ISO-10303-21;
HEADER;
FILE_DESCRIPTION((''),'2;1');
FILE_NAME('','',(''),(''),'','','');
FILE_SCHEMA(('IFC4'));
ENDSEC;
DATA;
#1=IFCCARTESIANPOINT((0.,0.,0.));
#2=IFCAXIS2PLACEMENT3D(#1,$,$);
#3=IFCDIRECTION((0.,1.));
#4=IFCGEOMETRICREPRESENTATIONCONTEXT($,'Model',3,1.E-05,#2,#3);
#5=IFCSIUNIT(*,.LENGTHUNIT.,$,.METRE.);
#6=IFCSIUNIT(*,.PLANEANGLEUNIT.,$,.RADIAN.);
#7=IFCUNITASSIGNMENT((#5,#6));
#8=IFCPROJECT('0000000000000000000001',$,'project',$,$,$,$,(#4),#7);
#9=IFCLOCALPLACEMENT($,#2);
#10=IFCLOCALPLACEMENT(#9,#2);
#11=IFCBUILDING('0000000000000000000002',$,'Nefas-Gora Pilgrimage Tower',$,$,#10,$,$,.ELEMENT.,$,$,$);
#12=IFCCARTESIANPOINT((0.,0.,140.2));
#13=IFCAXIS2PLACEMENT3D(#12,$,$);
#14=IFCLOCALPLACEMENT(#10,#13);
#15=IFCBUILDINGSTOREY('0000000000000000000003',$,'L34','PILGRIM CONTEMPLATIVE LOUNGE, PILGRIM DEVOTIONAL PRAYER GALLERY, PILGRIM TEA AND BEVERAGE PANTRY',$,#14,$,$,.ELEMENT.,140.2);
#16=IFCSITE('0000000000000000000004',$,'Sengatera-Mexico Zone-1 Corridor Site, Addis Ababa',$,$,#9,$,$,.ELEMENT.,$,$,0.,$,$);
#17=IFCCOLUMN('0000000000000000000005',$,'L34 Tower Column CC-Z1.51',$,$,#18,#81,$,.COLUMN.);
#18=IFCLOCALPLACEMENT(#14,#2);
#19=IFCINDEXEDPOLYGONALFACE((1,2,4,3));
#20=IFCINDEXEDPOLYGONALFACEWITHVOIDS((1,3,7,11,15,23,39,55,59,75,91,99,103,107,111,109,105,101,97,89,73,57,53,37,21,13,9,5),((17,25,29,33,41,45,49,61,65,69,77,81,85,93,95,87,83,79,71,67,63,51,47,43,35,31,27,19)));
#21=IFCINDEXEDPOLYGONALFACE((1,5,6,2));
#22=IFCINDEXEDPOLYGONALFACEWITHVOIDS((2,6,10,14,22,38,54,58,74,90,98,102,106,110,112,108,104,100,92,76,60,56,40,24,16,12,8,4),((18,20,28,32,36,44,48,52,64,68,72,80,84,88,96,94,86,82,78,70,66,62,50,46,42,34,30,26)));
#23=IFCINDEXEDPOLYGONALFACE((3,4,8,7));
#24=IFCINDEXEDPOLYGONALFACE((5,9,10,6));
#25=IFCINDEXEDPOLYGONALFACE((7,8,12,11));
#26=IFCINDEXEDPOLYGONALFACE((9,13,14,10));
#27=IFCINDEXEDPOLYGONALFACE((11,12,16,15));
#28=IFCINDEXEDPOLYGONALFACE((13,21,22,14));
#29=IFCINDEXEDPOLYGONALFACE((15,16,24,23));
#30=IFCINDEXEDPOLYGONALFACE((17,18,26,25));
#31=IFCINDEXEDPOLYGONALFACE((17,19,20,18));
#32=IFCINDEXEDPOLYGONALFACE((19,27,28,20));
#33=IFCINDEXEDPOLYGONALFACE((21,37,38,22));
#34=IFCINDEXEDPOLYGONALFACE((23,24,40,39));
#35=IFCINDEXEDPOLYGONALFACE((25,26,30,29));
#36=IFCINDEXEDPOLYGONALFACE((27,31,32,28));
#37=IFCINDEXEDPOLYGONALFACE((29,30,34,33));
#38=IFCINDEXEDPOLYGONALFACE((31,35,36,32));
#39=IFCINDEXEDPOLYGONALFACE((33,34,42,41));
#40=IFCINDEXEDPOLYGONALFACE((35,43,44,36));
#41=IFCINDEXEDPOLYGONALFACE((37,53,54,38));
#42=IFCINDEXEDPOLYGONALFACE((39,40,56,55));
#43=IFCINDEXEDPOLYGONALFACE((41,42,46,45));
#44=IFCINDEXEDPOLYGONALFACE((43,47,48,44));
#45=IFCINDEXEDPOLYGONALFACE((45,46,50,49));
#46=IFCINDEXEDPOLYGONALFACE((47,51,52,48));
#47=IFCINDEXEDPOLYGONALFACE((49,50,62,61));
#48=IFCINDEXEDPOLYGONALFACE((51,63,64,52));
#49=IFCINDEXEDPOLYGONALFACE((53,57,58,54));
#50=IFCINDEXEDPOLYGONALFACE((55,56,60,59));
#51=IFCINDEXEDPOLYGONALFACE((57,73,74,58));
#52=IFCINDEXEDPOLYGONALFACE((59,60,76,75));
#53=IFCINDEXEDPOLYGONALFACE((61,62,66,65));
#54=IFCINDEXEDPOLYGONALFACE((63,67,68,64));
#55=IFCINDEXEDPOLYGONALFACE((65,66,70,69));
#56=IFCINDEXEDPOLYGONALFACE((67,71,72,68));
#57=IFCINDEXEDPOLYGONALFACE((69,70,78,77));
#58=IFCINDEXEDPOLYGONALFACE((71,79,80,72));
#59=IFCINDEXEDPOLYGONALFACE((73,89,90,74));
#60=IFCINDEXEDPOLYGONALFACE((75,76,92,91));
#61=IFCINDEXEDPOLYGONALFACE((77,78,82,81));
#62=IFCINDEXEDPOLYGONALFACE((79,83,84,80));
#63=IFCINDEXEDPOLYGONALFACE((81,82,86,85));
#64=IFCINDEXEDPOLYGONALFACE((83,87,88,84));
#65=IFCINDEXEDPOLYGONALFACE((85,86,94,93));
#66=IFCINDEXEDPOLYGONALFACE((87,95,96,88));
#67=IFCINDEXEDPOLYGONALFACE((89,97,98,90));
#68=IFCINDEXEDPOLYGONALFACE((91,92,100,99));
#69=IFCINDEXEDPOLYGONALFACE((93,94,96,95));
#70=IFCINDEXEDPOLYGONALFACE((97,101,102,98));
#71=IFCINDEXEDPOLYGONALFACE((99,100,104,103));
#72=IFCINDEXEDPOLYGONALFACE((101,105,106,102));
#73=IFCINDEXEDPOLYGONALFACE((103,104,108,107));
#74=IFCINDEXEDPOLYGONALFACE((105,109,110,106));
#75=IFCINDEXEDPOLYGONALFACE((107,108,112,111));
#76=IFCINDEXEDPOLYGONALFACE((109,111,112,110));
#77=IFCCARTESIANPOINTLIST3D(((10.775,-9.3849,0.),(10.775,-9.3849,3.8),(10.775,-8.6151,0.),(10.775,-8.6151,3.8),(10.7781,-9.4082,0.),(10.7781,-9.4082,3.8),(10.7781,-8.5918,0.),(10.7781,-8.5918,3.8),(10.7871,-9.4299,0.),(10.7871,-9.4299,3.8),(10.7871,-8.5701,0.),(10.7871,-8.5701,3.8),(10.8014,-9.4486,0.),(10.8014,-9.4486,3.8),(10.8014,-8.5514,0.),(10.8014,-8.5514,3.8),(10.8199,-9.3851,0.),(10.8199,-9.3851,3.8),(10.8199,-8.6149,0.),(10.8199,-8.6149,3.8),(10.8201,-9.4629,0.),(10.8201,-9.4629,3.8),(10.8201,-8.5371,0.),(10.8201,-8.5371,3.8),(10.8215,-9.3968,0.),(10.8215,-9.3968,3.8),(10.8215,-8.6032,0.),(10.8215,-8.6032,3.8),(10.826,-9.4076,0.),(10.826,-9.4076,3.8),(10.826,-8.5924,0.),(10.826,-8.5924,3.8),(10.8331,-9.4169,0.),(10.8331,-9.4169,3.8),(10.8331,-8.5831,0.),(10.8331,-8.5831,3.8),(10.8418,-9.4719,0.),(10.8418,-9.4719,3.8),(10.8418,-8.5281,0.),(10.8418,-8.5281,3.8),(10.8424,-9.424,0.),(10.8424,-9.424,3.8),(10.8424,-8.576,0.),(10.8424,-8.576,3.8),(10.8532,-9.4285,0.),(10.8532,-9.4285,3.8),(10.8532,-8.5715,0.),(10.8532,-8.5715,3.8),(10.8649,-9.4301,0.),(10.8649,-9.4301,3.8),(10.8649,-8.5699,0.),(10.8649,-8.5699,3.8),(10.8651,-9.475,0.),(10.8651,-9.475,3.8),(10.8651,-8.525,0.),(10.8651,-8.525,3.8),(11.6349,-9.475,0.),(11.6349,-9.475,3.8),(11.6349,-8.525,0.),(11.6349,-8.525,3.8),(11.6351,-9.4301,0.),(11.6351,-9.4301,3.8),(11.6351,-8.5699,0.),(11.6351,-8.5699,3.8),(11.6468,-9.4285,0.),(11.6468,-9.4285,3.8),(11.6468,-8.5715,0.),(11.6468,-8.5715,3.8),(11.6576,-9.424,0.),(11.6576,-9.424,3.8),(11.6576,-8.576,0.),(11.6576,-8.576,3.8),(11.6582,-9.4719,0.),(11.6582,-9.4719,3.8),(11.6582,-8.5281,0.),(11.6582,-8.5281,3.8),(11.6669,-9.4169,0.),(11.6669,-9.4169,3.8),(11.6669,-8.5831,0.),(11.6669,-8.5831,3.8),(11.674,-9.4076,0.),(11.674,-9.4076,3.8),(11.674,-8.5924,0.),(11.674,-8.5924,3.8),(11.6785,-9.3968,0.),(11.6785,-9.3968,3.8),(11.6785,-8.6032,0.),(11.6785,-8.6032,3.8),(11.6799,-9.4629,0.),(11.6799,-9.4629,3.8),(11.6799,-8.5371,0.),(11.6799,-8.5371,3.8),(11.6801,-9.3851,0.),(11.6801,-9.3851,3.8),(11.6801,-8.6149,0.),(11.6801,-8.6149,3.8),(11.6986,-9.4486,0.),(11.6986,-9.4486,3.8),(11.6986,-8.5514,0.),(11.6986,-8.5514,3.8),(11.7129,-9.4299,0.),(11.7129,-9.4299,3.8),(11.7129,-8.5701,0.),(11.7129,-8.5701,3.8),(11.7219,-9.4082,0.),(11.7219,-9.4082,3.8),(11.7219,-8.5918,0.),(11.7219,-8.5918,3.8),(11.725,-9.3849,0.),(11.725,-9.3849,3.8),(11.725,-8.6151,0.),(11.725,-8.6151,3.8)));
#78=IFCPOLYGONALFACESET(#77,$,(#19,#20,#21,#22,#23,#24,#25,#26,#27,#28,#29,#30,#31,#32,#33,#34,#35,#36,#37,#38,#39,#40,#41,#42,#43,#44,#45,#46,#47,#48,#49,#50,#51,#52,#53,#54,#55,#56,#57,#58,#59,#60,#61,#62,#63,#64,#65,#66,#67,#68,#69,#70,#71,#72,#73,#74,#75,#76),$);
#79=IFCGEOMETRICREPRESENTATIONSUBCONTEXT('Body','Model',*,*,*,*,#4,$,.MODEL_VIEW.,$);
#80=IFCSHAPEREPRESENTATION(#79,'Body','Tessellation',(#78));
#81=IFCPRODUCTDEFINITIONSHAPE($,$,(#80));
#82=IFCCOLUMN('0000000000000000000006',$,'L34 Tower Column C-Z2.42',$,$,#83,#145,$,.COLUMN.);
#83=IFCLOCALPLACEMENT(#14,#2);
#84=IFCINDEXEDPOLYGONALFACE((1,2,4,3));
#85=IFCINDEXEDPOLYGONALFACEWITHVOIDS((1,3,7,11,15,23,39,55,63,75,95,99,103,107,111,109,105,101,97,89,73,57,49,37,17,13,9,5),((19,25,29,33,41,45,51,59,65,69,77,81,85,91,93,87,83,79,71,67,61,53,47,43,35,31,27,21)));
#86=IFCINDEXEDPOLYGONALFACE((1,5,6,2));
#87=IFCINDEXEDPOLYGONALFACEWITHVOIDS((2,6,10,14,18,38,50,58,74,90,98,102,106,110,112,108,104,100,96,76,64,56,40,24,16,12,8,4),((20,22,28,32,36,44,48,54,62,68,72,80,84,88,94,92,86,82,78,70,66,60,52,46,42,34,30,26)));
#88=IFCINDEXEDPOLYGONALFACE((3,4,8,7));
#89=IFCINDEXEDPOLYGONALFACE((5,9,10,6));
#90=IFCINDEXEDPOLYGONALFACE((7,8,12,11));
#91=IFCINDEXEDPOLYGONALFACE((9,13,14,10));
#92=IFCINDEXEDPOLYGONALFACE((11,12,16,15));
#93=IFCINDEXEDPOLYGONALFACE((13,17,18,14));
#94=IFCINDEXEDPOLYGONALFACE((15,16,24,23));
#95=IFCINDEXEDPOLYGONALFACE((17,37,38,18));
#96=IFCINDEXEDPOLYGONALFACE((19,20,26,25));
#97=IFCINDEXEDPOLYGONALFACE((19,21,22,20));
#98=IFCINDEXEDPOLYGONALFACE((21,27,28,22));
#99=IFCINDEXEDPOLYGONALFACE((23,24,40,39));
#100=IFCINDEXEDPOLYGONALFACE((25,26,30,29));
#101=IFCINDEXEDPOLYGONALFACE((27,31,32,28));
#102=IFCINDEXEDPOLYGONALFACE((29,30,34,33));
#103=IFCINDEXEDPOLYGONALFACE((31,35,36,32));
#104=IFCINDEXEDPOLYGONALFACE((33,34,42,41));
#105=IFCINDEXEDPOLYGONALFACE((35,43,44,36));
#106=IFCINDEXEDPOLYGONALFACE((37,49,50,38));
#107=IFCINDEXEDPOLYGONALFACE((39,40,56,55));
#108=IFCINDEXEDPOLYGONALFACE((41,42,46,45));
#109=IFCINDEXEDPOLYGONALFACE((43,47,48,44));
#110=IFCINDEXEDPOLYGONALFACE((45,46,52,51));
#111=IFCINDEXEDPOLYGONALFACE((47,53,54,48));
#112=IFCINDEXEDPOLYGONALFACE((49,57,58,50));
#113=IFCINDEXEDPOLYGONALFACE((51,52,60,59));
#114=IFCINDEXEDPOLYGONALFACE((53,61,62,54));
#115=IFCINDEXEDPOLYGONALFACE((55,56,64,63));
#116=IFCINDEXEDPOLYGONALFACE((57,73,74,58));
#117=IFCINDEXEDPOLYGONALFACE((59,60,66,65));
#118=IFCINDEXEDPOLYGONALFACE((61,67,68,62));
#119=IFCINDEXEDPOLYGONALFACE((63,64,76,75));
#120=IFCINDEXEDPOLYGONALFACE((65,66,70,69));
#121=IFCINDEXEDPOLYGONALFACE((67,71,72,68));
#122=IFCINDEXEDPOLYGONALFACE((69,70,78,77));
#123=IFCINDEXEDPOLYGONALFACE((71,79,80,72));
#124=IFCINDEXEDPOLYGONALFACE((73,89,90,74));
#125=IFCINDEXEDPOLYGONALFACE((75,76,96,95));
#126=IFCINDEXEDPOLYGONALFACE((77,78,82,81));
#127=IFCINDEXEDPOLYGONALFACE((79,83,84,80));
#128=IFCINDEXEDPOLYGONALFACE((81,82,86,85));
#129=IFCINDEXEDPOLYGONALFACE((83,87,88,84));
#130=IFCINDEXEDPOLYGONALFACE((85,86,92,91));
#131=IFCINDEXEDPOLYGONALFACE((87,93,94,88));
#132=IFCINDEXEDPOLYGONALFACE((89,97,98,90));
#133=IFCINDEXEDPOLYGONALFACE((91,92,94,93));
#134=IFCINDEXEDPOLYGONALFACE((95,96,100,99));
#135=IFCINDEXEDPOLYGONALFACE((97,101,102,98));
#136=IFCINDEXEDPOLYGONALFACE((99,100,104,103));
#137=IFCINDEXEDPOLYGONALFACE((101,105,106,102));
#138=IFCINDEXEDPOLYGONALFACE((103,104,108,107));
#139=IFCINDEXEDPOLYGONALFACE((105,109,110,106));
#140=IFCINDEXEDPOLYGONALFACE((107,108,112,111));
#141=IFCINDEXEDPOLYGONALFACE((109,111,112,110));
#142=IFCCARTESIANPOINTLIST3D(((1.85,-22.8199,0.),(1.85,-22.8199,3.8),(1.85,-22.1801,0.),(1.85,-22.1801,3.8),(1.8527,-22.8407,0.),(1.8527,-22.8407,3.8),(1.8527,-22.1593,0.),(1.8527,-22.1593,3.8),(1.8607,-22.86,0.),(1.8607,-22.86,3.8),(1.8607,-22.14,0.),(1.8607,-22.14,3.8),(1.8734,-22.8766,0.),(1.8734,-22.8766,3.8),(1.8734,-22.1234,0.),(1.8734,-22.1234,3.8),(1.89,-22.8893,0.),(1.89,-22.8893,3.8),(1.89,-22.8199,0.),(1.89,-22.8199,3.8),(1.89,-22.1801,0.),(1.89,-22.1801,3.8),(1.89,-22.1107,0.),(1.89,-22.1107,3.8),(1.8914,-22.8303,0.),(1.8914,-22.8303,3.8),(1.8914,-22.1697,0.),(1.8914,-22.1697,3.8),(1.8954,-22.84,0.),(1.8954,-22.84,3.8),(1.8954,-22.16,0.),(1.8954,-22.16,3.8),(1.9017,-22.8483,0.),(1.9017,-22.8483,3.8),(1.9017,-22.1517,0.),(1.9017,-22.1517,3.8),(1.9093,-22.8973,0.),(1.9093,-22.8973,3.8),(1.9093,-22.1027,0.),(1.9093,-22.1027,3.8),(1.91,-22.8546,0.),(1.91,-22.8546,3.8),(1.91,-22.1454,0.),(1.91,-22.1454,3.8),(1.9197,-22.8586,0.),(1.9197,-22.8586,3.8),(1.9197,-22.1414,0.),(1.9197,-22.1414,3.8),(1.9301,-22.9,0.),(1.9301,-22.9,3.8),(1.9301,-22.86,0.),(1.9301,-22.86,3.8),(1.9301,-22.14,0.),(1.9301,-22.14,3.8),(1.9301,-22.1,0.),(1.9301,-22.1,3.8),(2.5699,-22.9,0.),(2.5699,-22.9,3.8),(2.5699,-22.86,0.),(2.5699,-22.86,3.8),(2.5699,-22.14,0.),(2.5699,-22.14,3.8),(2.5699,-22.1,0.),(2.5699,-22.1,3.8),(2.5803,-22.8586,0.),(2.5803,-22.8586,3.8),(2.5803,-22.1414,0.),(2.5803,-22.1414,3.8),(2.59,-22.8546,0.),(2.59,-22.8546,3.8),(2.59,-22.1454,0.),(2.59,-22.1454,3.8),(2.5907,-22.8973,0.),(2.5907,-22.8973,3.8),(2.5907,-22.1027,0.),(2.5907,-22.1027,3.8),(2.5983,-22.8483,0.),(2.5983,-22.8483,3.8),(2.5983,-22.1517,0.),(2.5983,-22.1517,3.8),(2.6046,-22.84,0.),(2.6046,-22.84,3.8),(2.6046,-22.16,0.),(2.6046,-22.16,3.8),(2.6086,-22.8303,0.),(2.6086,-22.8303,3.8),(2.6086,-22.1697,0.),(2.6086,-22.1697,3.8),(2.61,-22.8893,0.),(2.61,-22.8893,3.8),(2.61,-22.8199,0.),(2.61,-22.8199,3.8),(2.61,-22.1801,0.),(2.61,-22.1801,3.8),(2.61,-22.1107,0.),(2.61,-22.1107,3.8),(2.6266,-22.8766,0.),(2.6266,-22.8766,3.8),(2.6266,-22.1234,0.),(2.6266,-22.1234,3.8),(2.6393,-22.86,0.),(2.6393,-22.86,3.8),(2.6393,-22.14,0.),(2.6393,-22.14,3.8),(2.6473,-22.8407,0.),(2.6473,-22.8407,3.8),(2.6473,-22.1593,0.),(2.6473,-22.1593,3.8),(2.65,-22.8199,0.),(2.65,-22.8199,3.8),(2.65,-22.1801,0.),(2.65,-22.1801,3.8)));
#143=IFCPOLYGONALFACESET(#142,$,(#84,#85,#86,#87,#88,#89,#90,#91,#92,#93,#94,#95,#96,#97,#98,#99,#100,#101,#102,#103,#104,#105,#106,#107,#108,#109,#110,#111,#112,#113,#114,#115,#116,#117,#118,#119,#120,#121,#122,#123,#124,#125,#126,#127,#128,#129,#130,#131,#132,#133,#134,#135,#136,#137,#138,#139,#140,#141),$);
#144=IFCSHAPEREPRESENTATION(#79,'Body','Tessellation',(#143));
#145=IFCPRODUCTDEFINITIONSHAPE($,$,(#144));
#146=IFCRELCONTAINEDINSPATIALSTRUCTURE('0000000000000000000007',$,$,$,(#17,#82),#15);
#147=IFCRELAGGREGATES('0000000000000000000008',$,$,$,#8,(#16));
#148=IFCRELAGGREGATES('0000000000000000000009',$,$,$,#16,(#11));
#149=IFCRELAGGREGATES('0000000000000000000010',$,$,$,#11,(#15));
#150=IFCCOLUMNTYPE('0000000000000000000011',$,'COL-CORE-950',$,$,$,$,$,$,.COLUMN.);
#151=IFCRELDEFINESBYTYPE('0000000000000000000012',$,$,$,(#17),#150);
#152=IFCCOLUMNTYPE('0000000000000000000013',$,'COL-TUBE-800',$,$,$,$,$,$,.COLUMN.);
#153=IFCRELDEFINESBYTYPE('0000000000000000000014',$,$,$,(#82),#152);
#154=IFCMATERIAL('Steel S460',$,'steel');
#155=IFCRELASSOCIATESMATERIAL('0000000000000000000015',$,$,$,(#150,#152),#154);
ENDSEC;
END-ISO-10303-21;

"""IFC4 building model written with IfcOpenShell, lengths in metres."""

from ifc_helpers import new_model, si_unit, direction, frame, origin, origin_2d, place, context, subcontext, project, spatial, hollow_rectangle, extrude, source, transform, mapped, material, material_profile, profile_set, type_object, element, save


model = new_model("IFC4")

# Units and contexts
model_context = context("Model", 3, precision=1e-05, world=origin(), true_north=direction((0.0, 1.0)))
body_context = subcontext(model_context, "Body", "Model", "MODEL_VIEW")
ifc_project = project(units=[si_unit("LENGTHUNIT", "METRE"), si_unit("PLANEANGLEUNIT", "RADIAN")], contexts=[model_context])

# Site, building, storey
site_placement = place(None, origin())
site = spatial("IfcSite", under=ifc_project, at=site_placement, Name="Sengatera-Mexico Zone-1 Corridor Site, Addis Ababa", CompositionType="ELEMENT", RefElevation=0.0)
building_placement = place(site_placement, origin())
building = spatial("IfcBuilding", under=site, at=building_placement, Name="Nefas-Gora Pilgrimage Tower", CompositionType="ELEMENT")
storey_placement = place(building_placement, frame((0.0, 0.0, 140.2)))
storey = spatial("IfcBuildingStorey", under=building, at=storey_placement, Name="L34", Description="PILGRIM CONTEMPLATIVE LOUNGE, PILGRIM DEVOTIONAL PRAYER GALLERY, PILGRIM TEA AND BEVERAGE PANTRY", CompositionType="ELEMENT", Elevation=140.2)

# Columns
ifc_material_1 = material(Name="Steel S460", Category="steel")
ifc_material_profile_1 = material_profile(ifc_material_1, hollow_rectangle(XDim=0.95, YDim=0.95, WallThickness=0.0449, InnerFilletRadius=0.0449, OuterFilletRadius=0.0901, at=origin_2d()), Name="BOX 950x950x45")
ifc_profile_set_1 = profile_set([ifc_material_profile_1], Name="Steel S460")
column_type_1 = type_object("IfcColumnType", Name="COL-CORE-950", PredefinedType="COLUMN", material=ifc_profile_set_1)
shared_shape_1 = source(origin(), body_context, "Body", "SweptSolid", [
    extrude(hollow_rectangle(XDim=0.95, YDim=0.95, WallThickness=0.0449, InnerFilletRadius=0.0449, OuterFilletRadius=0.0901, at=origin_2d()), origin(), (0.0, 0.0, 1.0), 3.8),
])
column_placement = place(storey_placement, frame((11.25, -9.0, 0.0), z_axis=(0.0, 0.0, 1.0), x_axis=(1.0, 0.0, 0.0)))
element("IfcColumn", 1, at=column_placement, inside=storey, type_object=column_type_1, Name="L34 Tower Column CC-Z1.51", PredefinedType="COLUMN", context=body_context, shape_type="MappedRepresentation", body=[
    mapped(shared_shape_1, transform((0.0, 0.0, 0.0), x_axis=(1.0, 0.0, 0.0), y_axis=(0.0, 1.0, 0.0), z_axis=(0.0, 0.0, 1.0), scale=1.0)),
])
ifc_material_profile_2 = material_profile(ifc_material_1, hollow_rectangle(XDim=0.8, YDim=0.8, WallThickness=0.04, InnerFilletRadius=0.04, OuterFilletRadius=0.0801, at=origin_2d()), Name="BOX 800x800x40")
ifc_profile_set_2 = profile_set([ifc_material_profile_2], Name="Steel S460")
column_type_2 = type_object("IfcColumnType", Name="COL-TUBE-800", PredefinedType="COLUMN", material=ifc_profile_set_2)
shared_shape_2 = source(origin(), body_context, "Body", "SweptSolid", [
    extrude(hollow_rectangle(XDim=0.8, YDim=0.8, WallThickness=0.04, InnerFilletRadius=0.04, OuterFilletRadius=0.0801, at=origin_2d()), origin(), (0.0, 0.0, 1.0), 3.8),
])
for number, where, z_axis, x_axis, name in (
    (2, (2.25, -22.5, 0.0), (0.0, 0.0, 1.0), (1.0, 0.0, 0.0), "L34 Tower Column C-Z2.42"),
):
    element("IfcColumn", number, at=place(storey_placement, frame(where, z_axis=z_axis, x_axis=x_axis)), inside=storey, type_object=column_type_2, Name=name, PredefinedType="COLUMN", context=body_context, shape_type="MappedRepresentation", body=[
        mapped(shared_shape_2, transform((0.0, 0.0, 0.0), x_axis=(1.0, 0.0, 0.0), y_axis=(0.0, 1.0, 0.0), z_axis=(0.0, 0.0, 1.0), scale=1.0)),
    ])

save(model, "model.ifc")
